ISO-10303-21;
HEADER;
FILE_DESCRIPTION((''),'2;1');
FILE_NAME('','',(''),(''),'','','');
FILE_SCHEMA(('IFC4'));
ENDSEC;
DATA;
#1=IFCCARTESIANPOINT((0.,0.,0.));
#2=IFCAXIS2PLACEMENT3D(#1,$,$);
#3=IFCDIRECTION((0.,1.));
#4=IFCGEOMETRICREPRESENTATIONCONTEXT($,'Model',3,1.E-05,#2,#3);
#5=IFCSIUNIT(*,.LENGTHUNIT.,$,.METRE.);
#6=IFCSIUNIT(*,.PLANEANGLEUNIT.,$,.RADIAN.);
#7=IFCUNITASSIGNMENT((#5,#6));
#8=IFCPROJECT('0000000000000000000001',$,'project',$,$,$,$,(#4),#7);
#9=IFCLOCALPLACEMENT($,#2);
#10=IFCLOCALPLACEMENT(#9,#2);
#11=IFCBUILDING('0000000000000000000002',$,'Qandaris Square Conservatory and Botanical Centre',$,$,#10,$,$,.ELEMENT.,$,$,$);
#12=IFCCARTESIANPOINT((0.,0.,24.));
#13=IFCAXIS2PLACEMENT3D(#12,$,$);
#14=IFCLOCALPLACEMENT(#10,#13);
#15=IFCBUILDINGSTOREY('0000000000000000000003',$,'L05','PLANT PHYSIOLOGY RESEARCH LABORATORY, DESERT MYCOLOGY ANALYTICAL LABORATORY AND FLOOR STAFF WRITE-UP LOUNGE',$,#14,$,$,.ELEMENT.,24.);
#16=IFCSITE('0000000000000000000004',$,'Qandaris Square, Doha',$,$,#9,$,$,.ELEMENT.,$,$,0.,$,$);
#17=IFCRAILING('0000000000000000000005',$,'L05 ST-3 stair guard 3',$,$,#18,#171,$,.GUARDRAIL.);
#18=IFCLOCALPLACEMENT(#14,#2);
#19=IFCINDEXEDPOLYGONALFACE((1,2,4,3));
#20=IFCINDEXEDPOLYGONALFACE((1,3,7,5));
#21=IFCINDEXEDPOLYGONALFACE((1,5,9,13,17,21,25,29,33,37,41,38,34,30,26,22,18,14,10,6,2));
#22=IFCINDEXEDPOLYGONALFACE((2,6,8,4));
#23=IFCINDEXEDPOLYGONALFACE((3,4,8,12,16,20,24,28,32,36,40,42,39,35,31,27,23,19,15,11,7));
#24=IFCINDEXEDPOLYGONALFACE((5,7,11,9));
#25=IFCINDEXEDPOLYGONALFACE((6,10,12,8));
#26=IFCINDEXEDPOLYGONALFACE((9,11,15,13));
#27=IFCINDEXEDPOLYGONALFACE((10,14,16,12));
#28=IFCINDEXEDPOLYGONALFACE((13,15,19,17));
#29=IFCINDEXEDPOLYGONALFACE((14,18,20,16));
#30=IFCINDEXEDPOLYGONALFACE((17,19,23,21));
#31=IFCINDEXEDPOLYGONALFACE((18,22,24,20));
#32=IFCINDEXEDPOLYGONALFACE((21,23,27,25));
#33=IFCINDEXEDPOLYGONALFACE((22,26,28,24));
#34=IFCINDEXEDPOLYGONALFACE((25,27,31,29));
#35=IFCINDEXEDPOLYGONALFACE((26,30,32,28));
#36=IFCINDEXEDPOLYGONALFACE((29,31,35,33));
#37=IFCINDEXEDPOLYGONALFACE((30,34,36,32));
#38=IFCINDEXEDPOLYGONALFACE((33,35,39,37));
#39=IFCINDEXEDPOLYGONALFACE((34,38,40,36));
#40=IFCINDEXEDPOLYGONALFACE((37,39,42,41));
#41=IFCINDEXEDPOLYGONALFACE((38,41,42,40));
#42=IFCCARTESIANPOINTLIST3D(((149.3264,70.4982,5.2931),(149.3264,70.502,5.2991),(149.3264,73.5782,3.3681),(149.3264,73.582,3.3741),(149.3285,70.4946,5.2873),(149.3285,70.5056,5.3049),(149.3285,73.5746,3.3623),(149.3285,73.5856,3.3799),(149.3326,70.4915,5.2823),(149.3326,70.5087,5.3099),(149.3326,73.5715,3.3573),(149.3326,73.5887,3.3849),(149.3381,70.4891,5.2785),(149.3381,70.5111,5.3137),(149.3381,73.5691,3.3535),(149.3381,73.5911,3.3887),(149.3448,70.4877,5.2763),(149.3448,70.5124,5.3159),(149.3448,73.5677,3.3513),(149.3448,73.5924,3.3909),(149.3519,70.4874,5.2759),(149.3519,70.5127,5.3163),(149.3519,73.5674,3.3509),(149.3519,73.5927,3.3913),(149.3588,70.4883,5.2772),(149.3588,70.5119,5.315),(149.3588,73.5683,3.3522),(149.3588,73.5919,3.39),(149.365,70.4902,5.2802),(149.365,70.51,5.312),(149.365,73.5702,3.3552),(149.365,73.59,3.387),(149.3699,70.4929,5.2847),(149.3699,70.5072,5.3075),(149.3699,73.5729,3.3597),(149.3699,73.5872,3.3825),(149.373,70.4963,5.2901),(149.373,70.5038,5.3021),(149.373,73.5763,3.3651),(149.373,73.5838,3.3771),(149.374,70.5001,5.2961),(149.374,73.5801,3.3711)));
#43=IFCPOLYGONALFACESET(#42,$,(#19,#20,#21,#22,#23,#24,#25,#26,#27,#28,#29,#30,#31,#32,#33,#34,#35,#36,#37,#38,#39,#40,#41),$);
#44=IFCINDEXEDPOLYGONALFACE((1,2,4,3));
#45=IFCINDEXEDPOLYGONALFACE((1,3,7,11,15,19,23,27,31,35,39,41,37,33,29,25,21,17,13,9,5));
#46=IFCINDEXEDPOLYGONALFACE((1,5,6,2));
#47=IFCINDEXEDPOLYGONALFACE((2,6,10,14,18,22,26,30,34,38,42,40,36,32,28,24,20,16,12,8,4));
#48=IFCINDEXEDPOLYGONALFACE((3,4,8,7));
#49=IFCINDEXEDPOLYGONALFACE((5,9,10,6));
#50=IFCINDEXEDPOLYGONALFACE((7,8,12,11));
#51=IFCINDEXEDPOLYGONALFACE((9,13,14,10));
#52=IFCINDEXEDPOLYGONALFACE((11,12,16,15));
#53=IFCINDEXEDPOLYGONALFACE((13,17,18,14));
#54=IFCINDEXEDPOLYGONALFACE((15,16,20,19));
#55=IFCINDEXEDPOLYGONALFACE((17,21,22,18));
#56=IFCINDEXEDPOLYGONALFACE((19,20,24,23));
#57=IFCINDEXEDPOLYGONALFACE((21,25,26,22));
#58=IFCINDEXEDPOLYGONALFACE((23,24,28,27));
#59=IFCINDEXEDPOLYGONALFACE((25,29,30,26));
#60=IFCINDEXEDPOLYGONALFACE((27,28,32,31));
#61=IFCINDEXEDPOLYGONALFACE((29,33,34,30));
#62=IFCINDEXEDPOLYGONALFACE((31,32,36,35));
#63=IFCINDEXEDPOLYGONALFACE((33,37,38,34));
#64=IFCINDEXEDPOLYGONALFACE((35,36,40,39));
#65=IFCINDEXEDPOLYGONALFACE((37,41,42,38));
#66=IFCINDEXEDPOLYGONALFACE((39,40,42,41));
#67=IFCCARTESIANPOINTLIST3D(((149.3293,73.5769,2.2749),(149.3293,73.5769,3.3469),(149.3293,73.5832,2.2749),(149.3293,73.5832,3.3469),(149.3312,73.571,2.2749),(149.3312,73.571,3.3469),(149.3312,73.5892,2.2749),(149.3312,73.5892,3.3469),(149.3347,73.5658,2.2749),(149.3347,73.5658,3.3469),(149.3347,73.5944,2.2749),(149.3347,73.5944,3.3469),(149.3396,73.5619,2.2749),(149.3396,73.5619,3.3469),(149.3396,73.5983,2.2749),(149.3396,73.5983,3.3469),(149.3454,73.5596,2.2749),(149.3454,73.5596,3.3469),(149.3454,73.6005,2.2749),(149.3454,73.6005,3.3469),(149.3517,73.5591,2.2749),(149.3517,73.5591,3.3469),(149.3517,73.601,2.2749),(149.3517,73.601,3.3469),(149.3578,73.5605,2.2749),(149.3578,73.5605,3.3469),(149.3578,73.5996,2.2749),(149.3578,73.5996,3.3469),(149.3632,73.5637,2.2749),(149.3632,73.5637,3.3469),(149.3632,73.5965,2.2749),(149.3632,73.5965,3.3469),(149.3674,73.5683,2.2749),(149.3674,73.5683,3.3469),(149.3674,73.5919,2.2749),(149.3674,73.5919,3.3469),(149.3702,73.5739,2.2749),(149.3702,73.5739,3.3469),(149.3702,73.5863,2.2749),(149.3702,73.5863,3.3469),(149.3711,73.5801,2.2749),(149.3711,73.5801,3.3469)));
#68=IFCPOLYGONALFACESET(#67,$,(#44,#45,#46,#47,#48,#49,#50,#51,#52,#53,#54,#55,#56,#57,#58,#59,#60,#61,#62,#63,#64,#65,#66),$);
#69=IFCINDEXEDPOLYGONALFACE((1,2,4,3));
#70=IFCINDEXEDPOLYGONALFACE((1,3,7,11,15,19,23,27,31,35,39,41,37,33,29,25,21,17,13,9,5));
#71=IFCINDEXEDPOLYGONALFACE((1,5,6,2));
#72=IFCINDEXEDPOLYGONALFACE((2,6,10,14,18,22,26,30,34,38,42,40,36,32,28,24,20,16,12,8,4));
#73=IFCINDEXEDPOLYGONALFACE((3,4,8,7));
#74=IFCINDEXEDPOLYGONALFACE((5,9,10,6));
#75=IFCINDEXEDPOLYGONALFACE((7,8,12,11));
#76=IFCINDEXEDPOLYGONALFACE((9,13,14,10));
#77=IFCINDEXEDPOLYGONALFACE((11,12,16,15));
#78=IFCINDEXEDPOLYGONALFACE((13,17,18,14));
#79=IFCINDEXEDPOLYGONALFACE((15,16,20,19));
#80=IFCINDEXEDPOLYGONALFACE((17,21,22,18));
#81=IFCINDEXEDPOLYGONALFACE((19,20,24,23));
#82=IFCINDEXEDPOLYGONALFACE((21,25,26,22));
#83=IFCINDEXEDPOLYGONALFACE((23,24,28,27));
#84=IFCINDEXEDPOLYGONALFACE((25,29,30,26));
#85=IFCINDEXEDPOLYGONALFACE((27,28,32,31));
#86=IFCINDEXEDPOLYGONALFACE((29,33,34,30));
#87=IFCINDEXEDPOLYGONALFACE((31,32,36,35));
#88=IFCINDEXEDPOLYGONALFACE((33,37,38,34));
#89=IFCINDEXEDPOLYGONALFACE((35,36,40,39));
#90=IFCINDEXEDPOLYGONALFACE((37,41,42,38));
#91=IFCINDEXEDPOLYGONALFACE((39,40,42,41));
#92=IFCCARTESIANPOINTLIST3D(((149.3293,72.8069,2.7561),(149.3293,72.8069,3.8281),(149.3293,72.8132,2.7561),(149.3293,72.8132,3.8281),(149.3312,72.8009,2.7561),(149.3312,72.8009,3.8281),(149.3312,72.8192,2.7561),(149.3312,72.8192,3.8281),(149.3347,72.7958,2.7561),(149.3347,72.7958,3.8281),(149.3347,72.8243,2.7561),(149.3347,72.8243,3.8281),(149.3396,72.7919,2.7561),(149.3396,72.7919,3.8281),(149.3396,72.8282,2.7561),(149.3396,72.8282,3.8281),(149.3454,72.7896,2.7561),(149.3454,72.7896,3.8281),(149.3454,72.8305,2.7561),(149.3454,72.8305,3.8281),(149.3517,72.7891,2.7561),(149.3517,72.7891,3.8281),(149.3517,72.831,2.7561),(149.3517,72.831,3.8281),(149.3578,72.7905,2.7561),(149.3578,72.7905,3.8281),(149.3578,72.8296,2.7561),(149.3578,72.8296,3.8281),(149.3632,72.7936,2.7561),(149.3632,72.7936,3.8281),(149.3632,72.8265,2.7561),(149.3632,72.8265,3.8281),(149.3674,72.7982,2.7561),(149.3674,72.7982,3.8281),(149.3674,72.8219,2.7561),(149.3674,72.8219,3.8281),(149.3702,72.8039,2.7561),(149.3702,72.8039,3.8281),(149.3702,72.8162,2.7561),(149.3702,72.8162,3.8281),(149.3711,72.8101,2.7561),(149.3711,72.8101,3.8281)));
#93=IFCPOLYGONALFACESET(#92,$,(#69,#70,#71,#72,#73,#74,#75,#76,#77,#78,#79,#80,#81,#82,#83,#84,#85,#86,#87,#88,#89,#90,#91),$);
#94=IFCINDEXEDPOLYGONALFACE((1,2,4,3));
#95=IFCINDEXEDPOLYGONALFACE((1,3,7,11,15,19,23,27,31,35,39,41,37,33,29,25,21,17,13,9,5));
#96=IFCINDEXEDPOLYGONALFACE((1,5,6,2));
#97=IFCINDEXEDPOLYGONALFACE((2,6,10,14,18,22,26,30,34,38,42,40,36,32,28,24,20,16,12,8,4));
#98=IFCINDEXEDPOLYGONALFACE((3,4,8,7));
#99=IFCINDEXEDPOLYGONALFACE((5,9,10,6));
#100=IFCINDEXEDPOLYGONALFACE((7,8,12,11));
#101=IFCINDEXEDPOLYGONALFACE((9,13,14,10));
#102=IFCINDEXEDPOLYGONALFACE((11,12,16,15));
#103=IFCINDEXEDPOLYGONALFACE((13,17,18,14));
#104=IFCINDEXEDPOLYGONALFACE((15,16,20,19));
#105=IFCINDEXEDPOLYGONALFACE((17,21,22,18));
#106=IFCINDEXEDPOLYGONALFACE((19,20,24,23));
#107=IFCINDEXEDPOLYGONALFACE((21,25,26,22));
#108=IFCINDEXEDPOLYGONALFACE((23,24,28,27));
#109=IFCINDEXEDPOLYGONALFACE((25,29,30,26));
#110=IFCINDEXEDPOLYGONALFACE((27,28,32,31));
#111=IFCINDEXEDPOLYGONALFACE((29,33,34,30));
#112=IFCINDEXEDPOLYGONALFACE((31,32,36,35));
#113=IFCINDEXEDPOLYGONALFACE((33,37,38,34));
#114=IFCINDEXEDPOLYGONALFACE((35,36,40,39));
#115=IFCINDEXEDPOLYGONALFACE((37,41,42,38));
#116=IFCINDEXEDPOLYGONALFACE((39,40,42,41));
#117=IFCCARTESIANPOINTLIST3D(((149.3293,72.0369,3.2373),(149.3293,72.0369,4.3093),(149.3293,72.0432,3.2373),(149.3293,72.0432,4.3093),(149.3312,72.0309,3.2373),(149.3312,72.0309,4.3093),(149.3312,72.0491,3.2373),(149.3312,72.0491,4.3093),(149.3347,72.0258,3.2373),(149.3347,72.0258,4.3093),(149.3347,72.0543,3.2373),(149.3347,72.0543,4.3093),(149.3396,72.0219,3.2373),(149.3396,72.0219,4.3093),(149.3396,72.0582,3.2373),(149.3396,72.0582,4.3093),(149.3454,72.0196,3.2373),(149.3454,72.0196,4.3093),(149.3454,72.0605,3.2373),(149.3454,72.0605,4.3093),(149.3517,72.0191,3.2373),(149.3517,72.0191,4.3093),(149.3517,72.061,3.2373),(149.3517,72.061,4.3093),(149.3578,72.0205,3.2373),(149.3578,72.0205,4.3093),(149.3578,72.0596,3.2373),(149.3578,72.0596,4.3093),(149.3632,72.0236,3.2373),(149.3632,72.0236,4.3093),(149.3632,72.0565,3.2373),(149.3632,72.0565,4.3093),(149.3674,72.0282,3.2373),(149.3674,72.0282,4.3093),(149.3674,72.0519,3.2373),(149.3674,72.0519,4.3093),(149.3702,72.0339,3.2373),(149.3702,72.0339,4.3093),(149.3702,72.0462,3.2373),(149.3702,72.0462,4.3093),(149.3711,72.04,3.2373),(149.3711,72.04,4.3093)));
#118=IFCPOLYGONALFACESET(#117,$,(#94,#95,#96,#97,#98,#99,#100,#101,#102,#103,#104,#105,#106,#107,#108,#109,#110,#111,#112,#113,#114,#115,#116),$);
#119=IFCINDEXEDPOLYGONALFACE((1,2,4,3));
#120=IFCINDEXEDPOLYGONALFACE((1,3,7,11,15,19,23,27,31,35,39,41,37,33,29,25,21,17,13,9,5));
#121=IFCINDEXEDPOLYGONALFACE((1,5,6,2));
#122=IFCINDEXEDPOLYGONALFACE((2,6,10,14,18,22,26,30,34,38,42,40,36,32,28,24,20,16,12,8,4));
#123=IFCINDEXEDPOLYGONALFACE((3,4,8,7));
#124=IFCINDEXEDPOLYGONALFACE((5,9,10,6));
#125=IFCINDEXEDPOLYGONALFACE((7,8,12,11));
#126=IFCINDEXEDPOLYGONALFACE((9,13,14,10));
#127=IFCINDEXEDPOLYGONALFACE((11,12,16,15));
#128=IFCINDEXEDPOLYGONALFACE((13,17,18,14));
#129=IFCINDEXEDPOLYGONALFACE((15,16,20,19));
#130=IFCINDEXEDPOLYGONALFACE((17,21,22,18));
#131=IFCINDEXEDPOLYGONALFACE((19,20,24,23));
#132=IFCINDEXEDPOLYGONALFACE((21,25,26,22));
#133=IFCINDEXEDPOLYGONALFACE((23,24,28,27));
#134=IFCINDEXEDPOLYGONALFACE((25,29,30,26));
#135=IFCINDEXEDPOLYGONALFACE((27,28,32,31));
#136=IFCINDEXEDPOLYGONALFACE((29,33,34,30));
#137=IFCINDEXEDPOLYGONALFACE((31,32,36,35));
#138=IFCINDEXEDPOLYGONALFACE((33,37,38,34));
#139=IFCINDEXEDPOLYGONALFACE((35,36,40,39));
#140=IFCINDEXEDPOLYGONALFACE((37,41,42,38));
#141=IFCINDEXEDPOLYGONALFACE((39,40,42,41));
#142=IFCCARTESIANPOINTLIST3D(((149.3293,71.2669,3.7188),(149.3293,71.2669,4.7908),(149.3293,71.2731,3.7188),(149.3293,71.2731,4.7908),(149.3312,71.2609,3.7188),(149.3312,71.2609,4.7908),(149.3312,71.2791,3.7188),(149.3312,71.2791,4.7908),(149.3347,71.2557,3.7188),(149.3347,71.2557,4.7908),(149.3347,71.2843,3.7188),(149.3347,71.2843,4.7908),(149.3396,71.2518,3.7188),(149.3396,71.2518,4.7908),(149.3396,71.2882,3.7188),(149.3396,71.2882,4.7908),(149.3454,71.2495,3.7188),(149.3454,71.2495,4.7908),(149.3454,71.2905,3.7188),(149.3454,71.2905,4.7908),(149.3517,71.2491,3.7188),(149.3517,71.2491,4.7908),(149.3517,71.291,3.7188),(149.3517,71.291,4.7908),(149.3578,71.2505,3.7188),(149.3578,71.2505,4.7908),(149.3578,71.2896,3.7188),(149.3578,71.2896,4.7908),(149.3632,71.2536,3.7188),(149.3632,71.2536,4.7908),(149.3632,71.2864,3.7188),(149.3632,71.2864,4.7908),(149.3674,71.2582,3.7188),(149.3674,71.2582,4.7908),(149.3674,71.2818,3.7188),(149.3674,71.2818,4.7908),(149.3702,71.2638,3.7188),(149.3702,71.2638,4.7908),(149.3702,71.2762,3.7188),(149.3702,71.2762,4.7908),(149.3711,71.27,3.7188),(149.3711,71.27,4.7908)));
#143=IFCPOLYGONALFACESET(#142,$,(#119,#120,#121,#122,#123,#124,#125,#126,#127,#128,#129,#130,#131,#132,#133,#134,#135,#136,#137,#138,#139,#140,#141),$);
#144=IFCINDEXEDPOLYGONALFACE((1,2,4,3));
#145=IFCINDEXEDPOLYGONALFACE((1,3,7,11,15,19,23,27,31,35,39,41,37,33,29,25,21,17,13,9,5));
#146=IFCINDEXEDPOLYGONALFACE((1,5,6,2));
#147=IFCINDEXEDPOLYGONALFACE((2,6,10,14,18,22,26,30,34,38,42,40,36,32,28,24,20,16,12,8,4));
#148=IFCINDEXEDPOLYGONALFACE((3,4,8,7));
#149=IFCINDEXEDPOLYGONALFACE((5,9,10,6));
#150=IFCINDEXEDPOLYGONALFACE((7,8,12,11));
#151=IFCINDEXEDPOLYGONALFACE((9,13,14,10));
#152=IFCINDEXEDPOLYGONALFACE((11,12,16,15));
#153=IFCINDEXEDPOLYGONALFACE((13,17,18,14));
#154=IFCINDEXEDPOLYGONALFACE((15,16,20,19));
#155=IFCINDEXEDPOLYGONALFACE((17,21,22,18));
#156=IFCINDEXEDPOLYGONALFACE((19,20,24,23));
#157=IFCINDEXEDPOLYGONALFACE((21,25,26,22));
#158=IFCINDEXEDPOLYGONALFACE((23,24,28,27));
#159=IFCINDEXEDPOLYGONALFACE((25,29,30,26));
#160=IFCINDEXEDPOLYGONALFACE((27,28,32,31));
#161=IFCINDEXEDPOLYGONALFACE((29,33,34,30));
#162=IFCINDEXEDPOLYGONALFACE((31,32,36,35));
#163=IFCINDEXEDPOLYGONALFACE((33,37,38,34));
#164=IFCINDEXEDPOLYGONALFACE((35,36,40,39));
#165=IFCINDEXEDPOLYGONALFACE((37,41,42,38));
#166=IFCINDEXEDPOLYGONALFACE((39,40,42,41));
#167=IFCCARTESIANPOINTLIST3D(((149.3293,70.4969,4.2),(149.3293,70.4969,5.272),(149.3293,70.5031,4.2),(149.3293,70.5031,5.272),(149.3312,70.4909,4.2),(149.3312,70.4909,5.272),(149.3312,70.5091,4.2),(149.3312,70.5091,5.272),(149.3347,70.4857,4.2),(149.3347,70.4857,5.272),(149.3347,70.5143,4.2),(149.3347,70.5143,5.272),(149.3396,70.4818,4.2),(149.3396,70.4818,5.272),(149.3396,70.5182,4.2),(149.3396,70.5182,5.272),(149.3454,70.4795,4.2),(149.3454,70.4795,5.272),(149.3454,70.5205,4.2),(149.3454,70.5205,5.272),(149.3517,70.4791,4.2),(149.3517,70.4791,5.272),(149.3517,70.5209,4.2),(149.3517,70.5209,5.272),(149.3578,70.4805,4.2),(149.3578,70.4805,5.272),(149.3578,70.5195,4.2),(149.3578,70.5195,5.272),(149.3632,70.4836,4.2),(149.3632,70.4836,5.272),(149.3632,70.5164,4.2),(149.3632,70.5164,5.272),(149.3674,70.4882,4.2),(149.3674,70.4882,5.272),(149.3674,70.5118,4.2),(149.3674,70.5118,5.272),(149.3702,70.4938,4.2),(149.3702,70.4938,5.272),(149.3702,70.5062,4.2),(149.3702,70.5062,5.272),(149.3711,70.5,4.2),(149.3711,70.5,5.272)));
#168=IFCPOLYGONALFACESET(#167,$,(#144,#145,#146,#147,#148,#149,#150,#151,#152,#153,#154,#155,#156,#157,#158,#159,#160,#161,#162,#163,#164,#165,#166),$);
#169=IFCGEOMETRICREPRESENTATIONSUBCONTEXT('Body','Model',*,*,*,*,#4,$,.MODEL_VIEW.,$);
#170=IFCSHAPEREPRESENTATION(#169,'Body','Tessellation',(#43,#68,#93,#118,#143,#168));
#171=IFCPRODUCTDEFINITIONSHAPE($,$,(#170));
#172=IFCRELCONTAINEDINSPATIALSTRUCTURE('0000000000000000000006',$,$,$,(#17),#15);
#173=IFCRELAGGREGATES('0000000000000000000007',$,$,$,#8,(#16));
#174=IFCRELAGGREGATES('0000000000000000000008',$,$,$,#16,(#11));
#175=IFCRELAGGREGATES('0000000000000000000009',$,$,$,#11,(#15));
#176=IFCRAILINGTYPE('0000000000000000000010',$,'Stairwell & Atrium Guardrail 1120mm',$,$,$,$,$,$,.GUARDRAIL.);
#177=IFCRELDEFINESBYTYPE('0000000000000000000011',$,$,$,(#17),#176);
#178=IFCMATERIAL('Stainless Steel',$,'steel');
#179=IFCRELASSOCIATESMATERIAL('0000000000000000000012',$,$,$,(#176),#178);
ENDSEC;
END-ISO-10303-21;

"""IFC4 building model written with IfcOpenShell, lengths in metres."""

from ifc_helpers import new_model, si_unit, direction, frame, origin, origin_2d, place, context, subcontext, project, spatial, circle, extrude, material, type_object, element, save


model = new_model("IFC4")

# Units and contexts
model_context = context("Model", 3, precision=1e-05, world=origin(), true_north=direction((0.0, 1.0)))
body_context = subcontext(model_context, "Body", "Model", "MODEL_VIEW")
ifc_project = project(units=[si_unit("LENGTHUNIT", "METRE"), si_unit("PLANEANGLEUNIT", "RADIAN")], contexts=[model_context])

# Site, building, storey
site_placement = place(None, origin())
site = spatial("IfcSite", under=ifc_project, at=site_placement, Name="Qandaris Square, Doha", CompositionType="ELEMENT", RefElevation=0.0)
building_placement = place(site_placement, origin())
building = spatial("IfcBuilding", under=site, at=building_placement, Name="Qandaris Square Conservatory and Botanical Centre", CompositionType="ELEMENT")
storey_placement = place(building_placement, frame((0.0, 0.0, 24.0)))
storey = spatial("IfcBuildingStorey", under=building, at=storey_placement, Name="L05", Description="PLANT PHYSIOLOGY RESEARCH LABORATORY, DESERT MYCOLOGY ANALYTICAL LABORATORY AND FLOOR STAFF WRITE-UP LOUNGE", CompositionType="ELEMENT", Elevation=24.0)

# Railing
ifc_material_1 = material(Name="Stainless Steel", Category="steel")
railing_type_1 = type_object("IfcRailingType", Name="Stairwell & Atrium Guardrail 1120mm", PredefinedType="GUARDRAIL", material=ifc_material_1)
railing_1_placement = place(storey_placement, frame((149.3501, 73.5801, 2.2749)))
element("IfcRailing", 1, at=railing_1_placement, inside=storey, type_object=railing_type_1, Name="L05 ST-3 stair guard 3", PredefinedType="GUARDRAIL", context=body_context, shape_type="SweptSolid", body=[
    extrude(circle(Radius=0.0239, at=origin_2d()), frame((0.0, 0.0, 1.0962), z_axis=(0.0, -0.847998, 0.529999), x_axis=(1.0, 0.0, 0.0)), (0.0, 0.0, 1.0), 3.6321),
    extrude(circle(Radius=0.021, at=origin_2d()), origin(), (0.0, 0.0, 1.0), 1.072),
    extrude(circle(Radius=0.021, at=origin_2d()), frame((0.0, -0.77, 0.4812)), (0.0, 0.0, 1.0), 1.072),
    extrude(circle(Radius=0.021, at=origin_2d()), frame((0.0, -1.54, 0.9624)), (0.0, 0.0, 1.0), 1.072),
    extrude(circle(Radius=0.021, at=origin_2d()), frame((0.0, -2.3101, 1.4438)), (0.0, 0.0, 1.0), 1.072),
    extrude(circle(Radius=0.021, at=origin_2d()), frame((0.0, -3.0801, 1.925)), (0.0, 0.0, 1.0), 1.072),
])

save(model, "model.ifc")
